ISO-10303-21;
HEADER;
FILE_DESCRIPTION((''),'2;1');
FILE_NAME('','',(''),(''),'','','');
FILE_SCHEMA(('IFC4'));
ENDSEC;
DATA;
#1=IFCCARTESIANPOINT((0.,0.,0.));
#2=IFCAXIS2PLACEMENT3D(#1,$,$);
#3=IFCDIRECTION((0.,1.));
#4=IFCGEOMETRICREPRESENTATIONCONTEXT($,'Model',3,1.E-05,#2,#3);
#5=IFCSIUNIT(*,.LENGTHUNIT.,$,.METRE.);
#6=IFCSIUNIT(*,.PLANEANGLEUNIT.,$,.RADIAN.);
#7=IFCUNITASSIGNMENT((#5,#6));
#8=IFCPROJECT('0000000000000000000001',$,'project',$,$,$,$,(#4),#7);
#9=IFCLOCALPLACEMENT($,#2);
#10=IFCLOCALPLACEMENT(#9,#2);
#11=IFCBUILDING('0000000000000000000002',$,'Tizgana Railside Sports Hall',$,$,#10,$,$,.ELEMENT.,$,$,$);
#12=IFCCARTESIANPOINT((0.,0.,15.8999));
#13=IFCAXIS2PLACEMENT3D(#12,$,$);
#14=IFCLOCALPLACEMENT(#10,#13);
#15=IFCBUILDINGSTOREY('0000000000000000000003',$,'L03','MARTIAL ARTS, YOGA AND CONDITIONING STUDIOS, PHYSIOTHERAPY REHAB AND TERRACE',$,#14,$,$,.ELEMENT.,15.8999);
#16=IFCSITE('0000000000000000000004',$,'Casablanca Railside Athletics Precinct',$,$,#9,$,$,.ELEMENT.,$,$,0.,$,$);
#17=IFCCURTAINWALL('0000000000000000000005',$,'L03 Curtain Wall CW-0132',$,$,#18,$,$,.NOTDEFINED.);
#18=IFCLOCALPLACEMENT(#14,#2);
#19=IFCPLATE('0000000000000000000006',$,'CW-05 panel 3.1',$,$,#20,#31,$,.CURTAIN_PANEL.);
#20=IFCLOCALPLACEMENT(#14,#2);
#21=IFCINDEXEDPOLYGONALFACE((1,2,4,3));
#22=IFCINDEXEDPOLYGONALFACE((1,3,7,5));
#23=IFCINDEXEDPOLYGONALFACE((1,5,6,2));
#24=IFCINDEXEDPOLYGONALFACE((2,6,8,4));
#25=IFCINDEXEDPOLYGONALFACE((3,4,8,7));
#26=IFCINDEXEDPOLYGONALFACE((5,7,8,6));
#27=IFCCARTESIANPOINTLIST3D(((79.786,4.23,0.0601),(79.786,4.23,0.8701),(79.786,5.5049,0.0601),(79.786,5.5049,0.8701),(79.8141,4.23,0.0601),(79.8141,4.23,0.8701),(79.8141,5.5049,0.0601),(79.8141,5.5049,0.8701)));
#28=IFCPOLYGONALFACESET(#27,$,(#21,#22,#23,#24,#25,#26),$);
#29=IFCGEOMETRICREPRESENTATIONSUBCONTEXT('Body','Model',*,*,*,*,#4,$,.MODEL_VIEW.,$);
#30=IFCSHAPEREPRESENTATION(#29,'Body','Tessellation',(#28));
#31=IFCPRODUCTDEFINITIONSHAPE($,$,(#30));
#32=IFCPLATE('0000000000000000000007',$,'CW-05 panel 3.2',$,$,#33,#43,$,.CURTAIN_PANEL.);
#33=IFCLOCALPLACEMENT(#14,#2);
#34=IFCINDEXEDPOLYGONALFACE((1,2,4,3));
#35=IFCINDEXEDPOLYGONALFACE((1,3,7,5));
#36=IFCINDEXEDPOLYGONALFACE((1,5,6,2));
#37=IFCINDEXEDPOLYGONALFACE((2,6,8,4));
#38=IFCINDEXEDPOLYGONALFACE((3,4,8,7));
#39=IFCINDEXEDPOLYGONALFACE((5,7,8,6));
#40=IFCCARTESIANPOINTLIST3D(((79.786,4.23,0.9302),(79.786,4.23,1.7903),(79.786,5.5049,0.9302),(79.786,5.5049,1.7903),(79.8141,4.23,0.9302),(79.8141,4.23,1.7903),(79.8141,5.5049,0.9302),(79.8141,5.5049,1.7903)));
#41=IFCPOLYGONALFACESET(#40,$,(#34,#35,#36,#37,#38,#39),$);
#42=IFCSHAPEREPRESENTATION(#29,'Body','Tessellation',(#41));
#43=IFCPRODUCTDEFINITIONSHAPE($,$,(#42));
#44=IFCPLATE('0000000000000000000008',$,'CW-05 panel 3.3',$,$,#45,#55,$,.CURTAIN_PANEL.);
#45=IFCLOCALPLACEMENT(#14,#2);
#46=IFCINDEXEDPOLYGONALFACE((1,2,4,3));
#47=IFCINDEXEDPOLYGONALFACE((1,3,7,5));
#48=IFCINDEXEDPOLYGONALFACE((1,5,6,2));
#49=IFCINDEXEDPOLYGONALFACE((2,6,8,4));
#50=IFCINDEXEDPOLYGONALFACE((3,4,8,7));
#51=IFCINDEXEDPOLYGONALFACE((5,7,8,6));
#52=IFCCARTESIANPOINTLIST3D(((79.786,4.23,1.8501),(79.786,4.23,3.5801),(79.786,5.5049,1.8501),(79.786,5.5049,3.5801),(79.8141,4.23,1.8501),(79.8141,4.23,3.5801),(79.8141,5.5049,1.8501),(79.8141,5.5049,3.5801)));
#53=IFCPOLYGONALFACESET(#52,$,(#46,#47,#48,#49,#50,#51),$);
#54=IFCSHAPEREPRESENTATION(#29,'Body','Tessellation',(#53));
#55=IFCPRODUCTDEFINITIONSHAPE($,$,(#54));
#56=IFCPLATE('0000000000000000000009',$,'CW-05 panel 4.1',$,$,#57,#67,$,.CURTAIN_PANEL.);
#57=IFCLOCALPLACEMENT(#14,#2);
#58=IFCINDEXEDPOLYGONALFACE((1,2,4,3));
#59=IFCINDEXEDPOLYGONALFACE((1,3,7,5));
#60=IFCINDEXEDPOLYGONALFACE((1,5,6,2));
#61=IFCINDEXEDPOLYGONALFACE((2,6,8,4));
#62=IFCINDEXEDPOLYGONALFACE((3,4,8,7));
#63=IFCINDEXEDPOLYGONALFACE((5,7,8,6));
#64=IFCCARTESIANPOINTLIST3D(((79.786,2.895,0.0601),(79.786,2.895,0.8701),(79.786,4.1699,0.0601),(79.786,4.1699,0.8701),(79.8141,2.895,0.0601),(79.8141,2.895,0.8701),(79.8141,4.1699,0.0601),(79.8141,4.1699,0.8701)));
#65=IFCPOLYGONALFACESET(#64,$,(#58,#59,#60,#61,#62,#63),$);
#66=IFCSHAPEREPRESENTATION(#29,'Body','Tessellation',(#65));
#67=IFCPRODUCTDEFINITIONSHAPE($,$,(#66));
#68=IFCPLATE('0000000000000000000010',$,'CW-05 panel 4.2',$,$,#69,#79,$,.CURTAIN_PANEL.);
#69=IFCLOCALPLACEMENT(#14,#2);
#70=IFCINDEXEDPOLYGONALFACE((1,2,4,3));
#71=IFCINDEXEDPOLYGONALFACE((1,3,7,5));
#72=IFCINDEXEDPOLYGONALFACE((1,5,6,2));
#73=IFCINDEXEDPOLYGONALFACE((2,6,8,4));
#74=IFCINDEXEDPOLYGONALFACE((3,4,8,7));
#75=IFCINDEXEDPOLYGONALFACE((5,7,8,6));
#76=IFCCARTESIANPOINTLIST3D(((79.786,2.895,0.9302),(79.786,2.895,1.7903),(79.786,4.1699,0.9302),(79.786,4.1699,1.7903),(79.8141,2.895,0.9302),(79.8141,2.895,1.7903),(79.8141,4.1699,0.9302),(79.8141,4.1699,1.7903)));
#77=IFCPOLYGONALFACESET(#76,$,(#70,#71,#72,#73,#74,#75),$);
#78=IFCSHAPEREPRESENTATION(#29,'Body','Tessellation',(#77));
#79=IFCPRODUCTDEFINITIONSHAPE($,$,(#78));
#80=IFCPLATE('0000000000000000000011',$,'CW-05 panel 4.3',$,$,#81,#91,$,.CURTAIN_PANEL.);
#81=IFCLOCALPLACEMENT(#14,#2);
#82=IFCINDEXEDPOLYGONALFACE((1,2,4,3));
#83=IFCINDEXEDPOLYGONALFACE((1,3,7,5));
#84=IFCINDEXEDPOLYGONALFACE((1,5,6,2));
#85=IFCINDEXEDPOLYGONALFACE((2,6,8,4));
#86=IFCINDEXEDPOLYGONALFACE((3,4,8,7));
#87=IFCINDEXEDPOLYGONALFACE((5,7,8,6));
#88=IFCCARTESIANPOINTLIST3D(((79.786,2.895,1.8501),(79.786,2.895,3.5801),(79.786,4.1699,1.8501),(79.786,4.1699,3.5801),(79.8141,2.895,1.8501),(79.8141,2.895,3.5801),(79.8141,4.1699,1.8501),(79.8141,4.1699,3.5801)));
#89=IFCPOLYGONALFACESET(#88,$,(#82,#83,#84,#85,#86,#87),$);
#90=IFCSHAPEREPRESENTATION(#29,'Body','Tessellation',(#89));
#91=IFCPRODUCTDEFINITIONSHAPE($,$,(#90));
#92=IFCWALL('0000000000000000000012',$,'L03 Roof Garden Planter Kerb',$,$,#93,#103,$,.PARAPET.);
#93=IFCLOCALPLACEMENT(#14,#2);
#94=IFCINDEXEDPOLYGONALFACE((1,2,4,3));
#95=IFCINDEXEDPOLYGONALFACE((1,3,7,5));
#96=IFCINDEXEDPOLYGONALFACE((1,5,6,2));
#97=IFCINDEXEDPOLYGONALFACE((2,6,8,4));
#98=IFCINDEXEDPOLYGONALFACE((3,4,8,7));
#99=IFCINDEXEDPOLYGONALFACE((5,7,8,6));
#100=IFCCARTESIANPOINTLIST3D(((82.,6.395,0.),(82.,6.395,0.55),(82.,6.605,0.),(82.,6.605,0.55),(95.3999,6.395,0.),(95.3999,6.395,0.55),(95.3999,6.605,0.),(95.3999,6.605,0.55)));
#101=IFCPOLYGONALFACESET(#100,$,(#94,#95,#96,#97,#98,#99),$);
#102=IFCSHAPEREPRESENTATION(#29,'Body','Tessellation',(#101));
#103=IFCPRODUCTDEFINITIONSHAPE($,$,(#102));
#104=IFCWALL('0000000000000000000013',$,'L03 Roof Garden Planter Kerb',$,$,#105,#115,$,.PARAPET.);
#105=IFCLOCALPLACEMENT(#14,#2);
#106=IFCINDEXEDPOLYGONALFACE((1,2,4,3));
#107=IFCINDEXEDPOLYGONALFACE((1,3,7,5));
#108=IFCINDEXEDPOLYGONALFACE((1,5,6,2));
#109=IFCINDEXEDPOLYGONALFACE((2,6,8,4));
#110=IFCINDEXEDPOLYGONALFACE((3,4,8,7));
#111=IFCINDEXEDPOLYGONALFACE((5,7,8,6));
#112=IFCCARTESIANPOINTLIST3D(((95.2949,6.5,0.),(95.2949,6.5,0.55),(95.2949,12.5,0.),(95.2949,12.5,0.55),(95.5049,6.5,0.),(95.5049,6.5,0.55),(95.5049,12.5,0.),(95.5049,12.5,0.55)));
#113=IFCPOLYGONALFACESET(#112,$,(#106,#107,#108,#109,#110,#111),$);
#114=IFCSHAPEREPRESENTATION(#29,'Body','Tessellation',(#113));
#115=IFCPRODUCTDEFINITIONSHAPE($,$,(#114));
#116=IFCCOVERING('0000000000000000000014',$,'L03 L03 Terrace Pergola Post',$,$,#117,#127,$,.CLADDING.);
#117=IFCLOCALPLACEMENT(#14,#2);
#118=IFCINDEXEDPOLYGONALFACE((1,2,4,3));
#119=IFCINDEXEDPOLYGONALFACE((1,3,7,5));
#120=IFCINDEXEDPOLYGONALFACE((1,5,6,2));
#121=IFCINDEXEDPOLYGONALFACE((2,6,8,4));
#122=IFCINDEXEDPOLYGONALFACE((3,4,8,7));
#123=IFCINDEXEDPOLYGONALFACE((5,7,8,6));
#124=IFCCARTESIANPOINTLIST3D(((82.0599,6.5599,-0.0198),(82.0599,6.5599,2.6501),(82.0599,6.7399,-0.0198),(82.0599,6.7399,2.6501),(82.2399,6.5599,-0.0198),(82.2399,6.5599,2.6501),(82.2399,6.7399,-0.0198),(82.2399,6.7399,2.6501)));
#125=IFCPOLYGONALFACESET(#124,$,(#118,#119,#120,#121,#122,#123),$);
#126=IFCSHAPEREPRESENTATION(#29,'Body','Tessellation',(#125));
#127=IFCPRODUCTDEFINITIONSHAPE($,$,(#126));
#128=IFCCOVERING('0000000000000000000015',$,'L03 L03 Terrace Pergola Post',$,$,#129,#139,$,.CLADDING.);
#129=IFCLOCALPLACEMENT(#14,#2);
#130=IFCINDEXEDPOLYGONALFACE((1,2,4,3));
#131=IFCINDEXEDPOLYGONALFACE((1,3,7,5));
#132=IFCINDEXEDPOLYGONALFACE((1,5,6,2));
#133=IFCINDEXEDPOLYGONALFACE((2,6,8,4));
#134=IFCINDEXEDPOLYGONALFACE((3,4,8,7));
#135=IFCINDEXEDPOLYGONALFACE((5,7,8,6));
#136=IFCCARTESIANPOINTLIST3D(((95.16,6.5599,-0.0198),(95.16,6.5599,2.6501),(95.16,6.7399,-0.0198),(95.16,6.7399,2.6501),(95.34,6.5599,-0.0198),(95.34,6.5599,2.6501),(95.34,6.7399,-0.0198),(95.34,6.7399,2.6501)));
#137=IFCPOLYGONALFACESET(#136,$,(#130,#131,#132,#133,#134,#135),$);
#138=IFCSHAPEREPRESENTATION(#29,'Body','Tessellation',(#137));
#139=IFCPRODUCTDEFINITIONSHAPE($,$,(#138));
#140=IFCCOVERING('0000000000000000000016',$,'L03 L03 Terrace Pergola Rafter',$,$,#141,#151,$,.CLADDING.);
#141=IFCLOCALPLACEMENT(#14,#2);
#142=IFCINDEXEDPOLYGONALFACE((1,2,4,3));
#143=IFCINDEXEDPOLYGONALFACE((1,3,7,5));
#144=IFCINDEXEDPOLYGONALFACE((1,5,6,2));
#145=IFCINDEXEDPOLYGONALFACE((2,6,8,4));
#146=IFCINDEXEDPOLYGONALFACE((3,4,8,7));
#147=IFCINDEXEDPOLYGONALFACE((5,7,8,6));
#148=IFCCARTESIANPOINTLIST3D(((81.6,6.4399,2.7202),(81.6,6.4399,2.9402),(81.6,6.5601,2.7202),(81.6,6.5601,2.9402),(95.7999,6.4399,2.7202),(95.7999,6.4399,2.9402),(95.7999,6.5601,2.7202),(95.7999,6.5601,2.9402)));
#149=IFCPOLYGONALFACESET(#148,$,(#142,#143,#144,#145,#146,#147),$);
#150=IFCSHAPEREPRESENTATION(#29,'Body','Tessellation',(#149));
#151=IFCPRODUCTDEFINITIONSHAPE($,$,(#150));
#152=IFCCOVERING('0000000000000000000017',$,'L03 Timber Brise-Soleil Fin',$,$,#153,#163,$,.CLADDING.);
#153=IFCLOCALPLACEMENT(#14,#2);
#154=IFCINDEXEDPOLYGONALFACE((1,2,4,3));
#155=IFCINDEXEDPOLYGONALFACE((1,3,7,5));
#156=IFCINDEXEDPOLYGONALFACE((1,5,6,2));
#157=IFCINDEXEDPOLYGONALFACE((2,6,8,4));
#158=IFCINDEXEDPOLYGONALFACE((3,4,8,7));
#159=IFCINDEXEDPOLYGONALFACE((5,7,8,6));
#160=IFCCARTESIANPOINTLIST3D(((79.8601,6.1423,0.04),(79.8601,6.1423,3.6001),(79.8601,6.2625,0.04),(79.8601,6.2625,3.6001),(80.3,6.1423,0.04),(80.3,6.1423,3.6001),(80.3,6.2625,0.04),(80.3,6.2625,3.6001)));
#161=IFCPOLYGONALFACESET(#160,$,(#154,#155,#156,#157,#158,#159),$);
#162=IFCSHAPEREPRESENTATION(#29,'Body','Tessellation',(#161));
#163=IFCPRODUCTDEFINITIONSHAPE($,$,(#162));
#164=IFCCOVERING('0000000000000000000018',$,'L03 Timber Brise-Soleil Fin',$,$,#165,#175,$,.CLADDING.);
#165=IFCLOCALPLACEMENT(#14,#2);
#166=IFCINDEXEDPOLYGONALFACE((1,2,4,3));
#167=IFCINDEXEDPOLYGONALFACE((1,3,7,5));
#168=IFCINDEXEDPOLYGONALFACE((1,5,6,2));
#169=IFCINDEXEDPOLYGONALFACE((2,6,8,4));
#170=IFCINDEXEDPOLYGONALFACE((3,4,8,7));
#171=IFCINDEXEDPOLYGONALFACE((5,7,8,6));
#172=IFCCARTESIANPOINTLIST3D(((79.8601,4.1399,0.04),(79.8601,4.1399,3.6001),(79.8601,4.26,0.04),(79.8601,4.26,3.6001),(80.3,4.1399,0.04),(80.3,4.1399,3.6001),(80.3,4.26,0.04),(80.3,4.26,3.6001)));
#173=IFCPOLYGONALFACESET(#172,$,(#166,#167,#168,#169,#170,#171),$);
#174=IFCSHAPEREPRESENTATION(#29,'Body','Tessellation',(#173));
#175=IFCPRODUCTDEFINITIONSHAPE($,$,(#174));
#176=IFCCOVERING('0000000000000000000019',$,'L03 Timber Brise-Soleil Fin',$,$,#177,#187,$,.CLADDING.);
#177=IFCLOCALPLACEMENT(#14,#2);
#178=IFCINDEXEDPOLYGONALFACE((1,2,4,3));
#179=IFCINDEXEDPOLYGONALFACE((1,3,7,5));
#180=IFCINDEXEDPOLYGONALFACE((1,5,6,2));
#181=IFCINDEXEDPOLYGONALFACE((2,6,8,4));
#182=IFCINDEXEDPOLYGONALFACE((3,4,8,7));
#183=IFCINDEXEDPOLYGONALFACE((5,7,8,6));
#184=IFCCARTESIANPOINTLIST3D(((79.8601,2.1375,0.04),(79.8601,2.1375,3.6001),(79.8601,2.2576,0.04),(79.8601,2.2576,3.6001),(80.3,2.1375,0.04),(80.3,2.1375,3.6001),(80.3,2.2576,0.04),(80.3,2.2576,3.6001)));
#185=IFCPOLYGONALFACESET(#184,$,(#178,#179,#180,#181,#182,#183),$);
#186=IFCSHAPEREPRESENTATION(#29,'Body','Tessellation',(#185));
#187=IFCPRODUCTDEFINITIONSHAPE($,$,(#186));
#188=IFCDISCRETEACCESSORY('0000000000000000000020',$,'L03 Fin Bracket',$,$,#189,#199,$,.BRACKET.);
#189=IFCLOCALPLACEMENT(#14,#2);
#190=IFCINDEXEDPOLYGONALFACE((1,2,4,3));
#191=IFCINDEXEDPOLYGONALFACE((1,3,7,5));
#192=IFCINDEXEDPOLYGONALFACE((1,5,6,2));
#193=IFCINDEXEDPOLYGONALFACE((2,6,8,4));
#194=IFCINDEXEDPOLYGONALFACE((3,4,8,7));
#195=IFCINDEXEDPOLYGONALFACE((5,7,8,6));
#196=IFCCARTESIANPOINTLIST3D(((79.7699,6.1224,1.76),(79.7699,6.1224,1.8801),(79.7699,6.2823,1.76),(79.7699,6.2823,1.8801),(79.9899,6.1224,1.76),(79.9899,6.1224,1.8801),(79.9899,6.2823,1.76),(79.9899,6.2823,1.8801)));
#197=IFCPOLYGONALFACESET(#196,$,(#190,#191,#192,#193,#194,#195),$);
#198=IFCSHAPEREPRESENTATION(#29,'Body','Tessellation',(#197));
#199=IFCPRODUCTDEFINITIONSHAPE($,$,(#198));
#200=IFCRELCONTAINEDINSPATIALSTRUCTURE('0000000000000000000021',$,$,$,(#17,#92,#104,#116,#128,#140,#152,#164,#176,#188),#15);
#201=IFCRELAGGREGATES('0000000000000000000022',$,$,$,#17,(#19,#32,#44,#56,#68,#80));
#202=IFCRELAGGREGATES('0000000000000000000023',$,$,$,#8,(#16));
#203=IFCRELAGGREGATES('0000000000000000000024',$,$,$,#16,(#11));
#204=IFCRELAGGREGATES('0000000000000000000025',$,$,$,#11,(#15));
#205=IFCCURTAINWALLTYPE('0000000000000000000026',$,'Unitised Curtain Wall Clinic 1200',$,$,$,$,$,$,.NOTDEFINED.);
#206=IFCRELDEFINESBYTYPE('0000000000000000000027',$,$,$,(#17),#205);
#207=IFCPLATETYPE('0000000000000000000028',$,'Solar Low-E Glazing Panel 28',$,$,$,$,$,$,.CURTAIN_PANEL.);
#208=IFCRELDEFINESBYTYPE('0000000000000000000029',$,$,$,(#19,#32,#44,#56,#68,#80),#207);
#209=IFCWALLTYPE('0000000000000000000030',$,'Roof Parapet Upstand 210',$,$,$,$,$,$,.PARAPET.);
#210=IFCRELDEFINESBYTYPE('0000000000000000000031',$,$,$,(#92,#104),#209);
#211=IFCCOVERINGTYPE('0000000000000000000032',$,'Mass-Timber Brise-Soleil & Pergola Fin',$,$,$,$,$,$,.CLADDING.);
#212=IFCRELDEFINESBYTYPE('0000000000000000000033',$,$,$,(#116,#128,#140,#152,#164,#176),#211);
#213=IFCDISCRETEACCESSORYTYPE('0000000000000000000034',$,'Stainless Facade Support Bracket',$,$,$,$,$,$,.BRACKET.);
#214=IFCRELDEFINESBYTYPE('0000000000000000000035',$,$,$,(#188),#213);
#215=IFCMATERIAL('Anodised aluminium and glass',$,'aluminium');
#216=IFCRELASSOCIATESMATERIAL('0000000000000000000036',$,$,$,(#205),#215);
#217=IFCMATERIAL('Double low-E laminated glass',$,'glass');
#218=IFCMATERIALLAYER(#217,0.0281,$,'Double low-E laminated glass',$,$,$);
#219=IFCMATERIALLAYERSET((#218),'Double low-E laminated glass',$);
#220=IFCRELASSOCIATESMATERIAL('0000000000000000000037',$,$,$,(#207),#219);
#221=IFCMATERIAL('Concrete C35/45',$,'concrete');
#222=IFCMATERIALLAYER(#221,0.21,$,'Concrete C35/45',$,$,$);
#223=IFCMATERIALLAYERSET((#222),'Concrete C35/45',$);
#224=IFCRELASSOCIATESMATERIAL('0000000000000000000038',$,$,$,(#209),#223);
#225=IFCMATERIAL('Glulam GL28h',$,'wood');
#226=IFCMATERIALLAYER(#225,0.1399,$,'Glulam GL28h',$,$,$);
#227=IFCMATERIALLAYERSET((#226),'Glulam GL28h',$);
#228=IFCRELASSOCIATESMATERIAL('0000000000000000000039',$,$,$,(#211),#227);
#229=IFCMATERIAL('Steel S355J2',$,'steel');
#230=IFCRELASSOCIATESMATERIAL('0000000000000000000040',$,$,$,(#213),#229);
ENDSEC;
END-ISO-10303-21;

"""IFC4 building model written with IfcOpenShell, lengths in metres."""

from ifc_helpers import new_model, si_unit, direction, frame, frame_2d, origin, origin_2d, place, context, subcontext, project, spatial, rectangle, extrude, material, layer, layer_set, type_object, element, aggregate, save


model = new_model("IFC4")

# Units and contexts
model_context = context("Model", 3, precision=1e-05, world=origin(), true_north=direction((0.0, 1.0)))
body_context = subcontext(model_context, "Body", "Model", "MODEL_VIEW")
ifc_project = project(units=[si_unit("LENGTHUNIT", "METRE"), si_unit("PLANEANGLEUNIT", "RADIAN")], contexts=[model_context])

# Site, building, storey
site_placement = place(None, origin())
site = spatial("IfcSite", under=ifc_project, at=site_placement, Name="Casablanca Railside Athletics Precinct", CompositionType="ELEMENT", RefElevation=0.0)
building_placement = place(site_placement, origin())
building = spatial("IfcBuilding", under=site, at=building_placement, Name="Tizgana Railside Sports Hall", CompositionType="ELEMENT")
storey_placement = place(building_placement, frame((0.0, 0.0, 15.8999)))
storey = spatial("IfcBuildingStorey", under=building, at=storey_placement, Name="L03", Description="MARTIAL ARTS, YOGA AND CONDITIONING STUDIOS, PHYSIOTHERAPY REHAB AND TERRACE", CompositionType="ELEMENT", Elevation=15.8999)

# Curtain wall, plates
ifc_material_1 = material(Name="Anodised aluminium and glass", Category="aluminium")
curtain_wall_type = type_object("IfcCurtainWallType", Name="Unitised Curtain Wall Clinic 1200", PredefinedType="NOTDEFINED", material=ifc_material_1)
curtain_wall_placement = place(storey_placement, origin())
curtain_wall = element("IfcCurtainWall", 1, at=curtain_wall_placement, inside=storey, type_object=curtain_wall_type, Name="L03 Curtain Wall CW-0132", PredefinedType="NOTDEFINED")
ifc_material_2 = material(Name="Double low-E laminated glass", Category="glass")
ifc_layer_1 = layer(ifc_material_2, 0.0281, Name="Double low-E laminated glass")
ifc_layer_set_1 = layer_set([ifc_layer_1], Name="Double low-E laminated glass")
plate_type = type_object("IfcPlateType", Name="Solar Low-E Glazing Panel 28", PredefinedType="CURTAIN_PANEL", material=ifc_layer_set_1)
plate_1_placement = place(storey_placement, frame((79.8, 4.8674, 0.0601), z_axis=(0.0, 0.0, 1.0), x_axis=(0.0, -1.0, 0.0)))
plate_1 = element("IfcPlate", 2, at=plate_1_placement, type_object=plate_type, Name="CW-05 panel 3.1", PredefinedType="CURTAIN_PANEL", context=body_context, shape_type="SweptSolid", body=[
    extrude(rectangle(XDim=1.2749, YDim=0.0281, at=origin_2d()), origin(), (0.0, 0.0, 1.0), 0.8101),
])
plate_2_placement = place(storey_placement, frame((79.8, 4.8674, 0.9302), z_axis=(0.0, 0.0, 1.0), x_axis=(0.0, -1.0, 0.0)))
plate_2 = element("IfcPlate", 3, at=plate_2_placement, type_object=plate_type, Name="CW-05 panel 3.2", PredefinedType="CURTAIN_PANEL", context=body_context, shape_type="SweptSolid", body=[
    extrude(rectangle(XDim=1.2749, YDim=0.0281, at=origin_2d()), origin(), (0.0, 0.0, 1.0), 0.8601),
])
plate_3_placement = place(storey_placement, frame((79.8, 4.8674, 1.8501), z_axis=(0.0, 0.0, 1.0), x_axis=(0.0, -1.0, 0.0)))
plate_3 = element("IfcPlate", 4, at=plate_3_placement, type_object=plate_type, Name="CW-05 panel 3.3", PredefinedType="CURTAIN_PANEL", context=body_context, shape_type="SweptSolid", body=[
    extrude(rectangle(XDim=1.2749, YDim=0.0281, at=origin_2d()), origin(), (0.0, 0.0, 1.0), 1.73),
])
plate_4_placement = place(storey_placement, frame((79.8, 3.5325, 0.0601), z_axis=(0.0, 0.0, 1.0), x_axis=(0.0, -1.0, 0.0)))
plate_4 = element("IfcPlate", 5, at=plate_4_placement, type_object=plate_type, Name="CW-05 panel 4.1", PredefinedType="CURTAIN_PANEL", context=body_context, shape_type="SweptSolid", body=[
    extrude(rectangle(XDim=1.2749, YDim=0.0281, at=origin_2d()), origin(), (0.0, 0.0, 1.0), 0.8101),
])
plate_5_placement = place(storey_placement, frame((79.8, 3.5325, 0.9302), z_axis=(0.0, 0.0, 1.0), x_axis=(0.0, -1.0, 0.0)))
plate_5 = element("IfcPlate", 6, at=plate_5_placement, type_object=plate_type, Name="CW-05 panel 4.2", PredefinedType="CURTAIN_PANEL", context=body_context, shape_type="SweptSolid", body=[
    extrude(rectangle(XDim=1.2749, YDim=0.0281, at=origin_2d()), origin(), (0.0, 0.0, 1.0), 0.8601),
])
plate_6_placement = place(storey_placement, frame((79.8, 3.5325, 1.8501), z_axis=(0.0, 0.0, 1.0), x_axis=(0.0, -1.0, 0.0)))
plate_6 = element("IfcPlate", 7, at=plate_6_placement, type_object=plate_type, Name="CW-05 panel 4.3", PredefinedType="CURTAIN_PANEL", context=body_context, shape_type="SweptSolid", body=[
    extrude(rectangle(XDim=1.2749, YDim=0.0281, at=origin_2d()), origin(), (0.0, 0.0, 1.0), 1.73),
])
aggregate(curtain_wall, [plate_1, plate_2, plate_3, plate_4, plate_5, plate_6])

# Walls
ifc_material_3 = material(Name="Concrete C35/45", Category="concrete")
ifc_layer_2 = layer(ifc_material_3, 0.21, Name="Concrete C35/45")
ifc_layer_set_2 = layer_set([ifc_layer_2], Name="Concrete C35/45")
wall_type = type_object("IfcWallType", Name="Roof Parapet Upstand 210", PredefinedType="PARAPET", material=ifc_layer_set_2)
wall_1_placement = place(storey_placement, frame((82.0, 6.5, 0.0), z_axis=(0.0, 0.0, 1.0), x_axis=(1.0, 0.0, 0.0)))
element("IfcWall", 8, at=wall_1_placement, inside=storey, type_object=wall_type, Name="L03 Roof Garden Planter Kerb", PredefinedType="PARAPET", context=body_context, shape_type="SweptSolid", body=[
    extrude(rectangle(XDim=13.3999, YDim=0.21, at=frame_2d((6.7, 0.0))), origin(), (0.0, 0.0, 1.0), 0.55),
])
wall_2_placement = place(storey_placement, frame((95.3999, 6.5, 0.0), z_axis=(0.0, 0.0, 1.0), x_axis=(0.0, 1.0, 0.0)))
element("IfcWall", 9, at=wall_2_placement, inside=storey, type_object=wall_type, Name="L03 Roof Garden Planter Kerb", PredefinedType="PARAPET", context=body_context, shape_type="SweptSolid", body=[
    extrude(rectangle(XDim=6.0, YDim=0.21, at=frame_2d((3.0, 0.0))), origin(), (0.0, 0.0, 1.0), 0.55),
])

# Coverings
ifc_material_4 = material(Name="Glulam GL28h", Category="wood")
ifc_layer_3 = layer(ifc_material_4, 0.1399, Name="Glulam GL28h")
ifc_layer_set_3 = layer_set([ifc_layer_3], Name="Glulam GL28h")
covering_type = type_object("IfcCoveringType", Name="Mass-Timber Brise-Soleil & Pergola Fin", PredefinedType="CLADDING", material=ifc_layer_set_3)
for number, where, z_axis, x_axis, name in (
    (10, (82.1499, 6.6499, -0.0198), (0.0, 0.0, 1.0), (1.0, 0.0, 0.0), "L03 L03 Terrace Pergola Post"),
    (11, (95.25, 6.6499, -0.0198), (0.0, 0.0, 1.0), (1.0, 0.0, 0.0), "L03 L03 Terrace Pergola Post"),
):
    element("IfcCovering", number, at=place(storey_placement, frame(where, z_axis=z_axis, x_axis=x_axis)), inside=storey, type_object=covering_type, Name=name, PredefinedType="CLADDING", context=body_context, shape_type="SweptSolid", body=[
        extrude(rectangle(XDim=0.1799, YDim=0.1799, at=origin_2d()), origin(), (0.0, 0.0, 1.0), 2.6699),
    ])
covering_placement = place(storey_placement, frame((88.7, 6.5, 2.7202), z_axis=(0.0, 0.0, 1.0), x_axis=(1.0, 0.0, 0.0)))
element("IfcCovering", 12, at=covering_placement, inside=storey, type_object=covering_type, Name="L03 L03 Terrace Pergola Rafter", PredefinedType="CLADDING", context=body_context, shape_type="SweptSolid", body=[
    extrude(rectangle(XDim=14.2, YDim=0.1201, at=origin_2d()), origin(), (0.0, 0.0, 1.0), 0.22),
])
for number, where, z_axis, x_axis, name in (
    (13, (80.0801, 6.2024, 0.04), (0.0, 0.0, 1.0), (0.0, -1.0, 0.0), "L03 Timber Brise-Soleil Fin"),
    (14, (80.0801, 4.2, 0.04), (0.0, 0.0, 1.0), (0.0, -1.0, 0.0), "L03 Timber Brise-Soleil Fin"),
    (15, (80.0801, 2.1975, 0.04), (0.0, 0.0, 1.0), (0.0, -1.0, 0.0), "L03 Timber Brise-Soleil Fin"),
):
    element("IfcCovering", number, at=place(storey_placement, frame(where, z_axis=z_axis, x_axis=x_axis)), inside=storey, type_object=covering_type, Name=name, PredefinedType="CLADDING", context=body_context, shape_type="SweptSolid", body=[
        extrude(rectangle(XDim=0.1201, YDim=0.4399, at=origin_2d()), origin(), (0.0, 0.0, 1.0), 3.5601),
    ])

# Discrete accessory
ifc_material_5 = material(Name="Steel S355J2", Category="steel")
discrete_accessory_type = type_object("IfcDiscreteAccessoryType", Name="Stainless Facade Support Bracket", PredefinedType="BRACKET", material=ifc_material_5)
for number, where, z_axis, x_axis, name in (
    (16, (79.8799, 6.2024, 1.76), (0.0, 0.0, 1.0), (0.0, -1.0, 0.0), "L03 Fin Bracket"),
):
    element("IfcDiscreteAccessory", number, at=place(storey_placement, frame(where, z_axis=z_axis, x_axis=x_axis)), inside=storey, type_object=discrete_accessory_type, Name=name, PredefinedType="BRACKET", context=body_context, shape_type="SweptSolid", body=[
        extrude(rectangle(XDim=0.1599, YDim=0.22, at=origin_2d()), origin(), (0.0, 0.0, 1.0), 0.1201),
    ])

save(model, "model.ifc")
